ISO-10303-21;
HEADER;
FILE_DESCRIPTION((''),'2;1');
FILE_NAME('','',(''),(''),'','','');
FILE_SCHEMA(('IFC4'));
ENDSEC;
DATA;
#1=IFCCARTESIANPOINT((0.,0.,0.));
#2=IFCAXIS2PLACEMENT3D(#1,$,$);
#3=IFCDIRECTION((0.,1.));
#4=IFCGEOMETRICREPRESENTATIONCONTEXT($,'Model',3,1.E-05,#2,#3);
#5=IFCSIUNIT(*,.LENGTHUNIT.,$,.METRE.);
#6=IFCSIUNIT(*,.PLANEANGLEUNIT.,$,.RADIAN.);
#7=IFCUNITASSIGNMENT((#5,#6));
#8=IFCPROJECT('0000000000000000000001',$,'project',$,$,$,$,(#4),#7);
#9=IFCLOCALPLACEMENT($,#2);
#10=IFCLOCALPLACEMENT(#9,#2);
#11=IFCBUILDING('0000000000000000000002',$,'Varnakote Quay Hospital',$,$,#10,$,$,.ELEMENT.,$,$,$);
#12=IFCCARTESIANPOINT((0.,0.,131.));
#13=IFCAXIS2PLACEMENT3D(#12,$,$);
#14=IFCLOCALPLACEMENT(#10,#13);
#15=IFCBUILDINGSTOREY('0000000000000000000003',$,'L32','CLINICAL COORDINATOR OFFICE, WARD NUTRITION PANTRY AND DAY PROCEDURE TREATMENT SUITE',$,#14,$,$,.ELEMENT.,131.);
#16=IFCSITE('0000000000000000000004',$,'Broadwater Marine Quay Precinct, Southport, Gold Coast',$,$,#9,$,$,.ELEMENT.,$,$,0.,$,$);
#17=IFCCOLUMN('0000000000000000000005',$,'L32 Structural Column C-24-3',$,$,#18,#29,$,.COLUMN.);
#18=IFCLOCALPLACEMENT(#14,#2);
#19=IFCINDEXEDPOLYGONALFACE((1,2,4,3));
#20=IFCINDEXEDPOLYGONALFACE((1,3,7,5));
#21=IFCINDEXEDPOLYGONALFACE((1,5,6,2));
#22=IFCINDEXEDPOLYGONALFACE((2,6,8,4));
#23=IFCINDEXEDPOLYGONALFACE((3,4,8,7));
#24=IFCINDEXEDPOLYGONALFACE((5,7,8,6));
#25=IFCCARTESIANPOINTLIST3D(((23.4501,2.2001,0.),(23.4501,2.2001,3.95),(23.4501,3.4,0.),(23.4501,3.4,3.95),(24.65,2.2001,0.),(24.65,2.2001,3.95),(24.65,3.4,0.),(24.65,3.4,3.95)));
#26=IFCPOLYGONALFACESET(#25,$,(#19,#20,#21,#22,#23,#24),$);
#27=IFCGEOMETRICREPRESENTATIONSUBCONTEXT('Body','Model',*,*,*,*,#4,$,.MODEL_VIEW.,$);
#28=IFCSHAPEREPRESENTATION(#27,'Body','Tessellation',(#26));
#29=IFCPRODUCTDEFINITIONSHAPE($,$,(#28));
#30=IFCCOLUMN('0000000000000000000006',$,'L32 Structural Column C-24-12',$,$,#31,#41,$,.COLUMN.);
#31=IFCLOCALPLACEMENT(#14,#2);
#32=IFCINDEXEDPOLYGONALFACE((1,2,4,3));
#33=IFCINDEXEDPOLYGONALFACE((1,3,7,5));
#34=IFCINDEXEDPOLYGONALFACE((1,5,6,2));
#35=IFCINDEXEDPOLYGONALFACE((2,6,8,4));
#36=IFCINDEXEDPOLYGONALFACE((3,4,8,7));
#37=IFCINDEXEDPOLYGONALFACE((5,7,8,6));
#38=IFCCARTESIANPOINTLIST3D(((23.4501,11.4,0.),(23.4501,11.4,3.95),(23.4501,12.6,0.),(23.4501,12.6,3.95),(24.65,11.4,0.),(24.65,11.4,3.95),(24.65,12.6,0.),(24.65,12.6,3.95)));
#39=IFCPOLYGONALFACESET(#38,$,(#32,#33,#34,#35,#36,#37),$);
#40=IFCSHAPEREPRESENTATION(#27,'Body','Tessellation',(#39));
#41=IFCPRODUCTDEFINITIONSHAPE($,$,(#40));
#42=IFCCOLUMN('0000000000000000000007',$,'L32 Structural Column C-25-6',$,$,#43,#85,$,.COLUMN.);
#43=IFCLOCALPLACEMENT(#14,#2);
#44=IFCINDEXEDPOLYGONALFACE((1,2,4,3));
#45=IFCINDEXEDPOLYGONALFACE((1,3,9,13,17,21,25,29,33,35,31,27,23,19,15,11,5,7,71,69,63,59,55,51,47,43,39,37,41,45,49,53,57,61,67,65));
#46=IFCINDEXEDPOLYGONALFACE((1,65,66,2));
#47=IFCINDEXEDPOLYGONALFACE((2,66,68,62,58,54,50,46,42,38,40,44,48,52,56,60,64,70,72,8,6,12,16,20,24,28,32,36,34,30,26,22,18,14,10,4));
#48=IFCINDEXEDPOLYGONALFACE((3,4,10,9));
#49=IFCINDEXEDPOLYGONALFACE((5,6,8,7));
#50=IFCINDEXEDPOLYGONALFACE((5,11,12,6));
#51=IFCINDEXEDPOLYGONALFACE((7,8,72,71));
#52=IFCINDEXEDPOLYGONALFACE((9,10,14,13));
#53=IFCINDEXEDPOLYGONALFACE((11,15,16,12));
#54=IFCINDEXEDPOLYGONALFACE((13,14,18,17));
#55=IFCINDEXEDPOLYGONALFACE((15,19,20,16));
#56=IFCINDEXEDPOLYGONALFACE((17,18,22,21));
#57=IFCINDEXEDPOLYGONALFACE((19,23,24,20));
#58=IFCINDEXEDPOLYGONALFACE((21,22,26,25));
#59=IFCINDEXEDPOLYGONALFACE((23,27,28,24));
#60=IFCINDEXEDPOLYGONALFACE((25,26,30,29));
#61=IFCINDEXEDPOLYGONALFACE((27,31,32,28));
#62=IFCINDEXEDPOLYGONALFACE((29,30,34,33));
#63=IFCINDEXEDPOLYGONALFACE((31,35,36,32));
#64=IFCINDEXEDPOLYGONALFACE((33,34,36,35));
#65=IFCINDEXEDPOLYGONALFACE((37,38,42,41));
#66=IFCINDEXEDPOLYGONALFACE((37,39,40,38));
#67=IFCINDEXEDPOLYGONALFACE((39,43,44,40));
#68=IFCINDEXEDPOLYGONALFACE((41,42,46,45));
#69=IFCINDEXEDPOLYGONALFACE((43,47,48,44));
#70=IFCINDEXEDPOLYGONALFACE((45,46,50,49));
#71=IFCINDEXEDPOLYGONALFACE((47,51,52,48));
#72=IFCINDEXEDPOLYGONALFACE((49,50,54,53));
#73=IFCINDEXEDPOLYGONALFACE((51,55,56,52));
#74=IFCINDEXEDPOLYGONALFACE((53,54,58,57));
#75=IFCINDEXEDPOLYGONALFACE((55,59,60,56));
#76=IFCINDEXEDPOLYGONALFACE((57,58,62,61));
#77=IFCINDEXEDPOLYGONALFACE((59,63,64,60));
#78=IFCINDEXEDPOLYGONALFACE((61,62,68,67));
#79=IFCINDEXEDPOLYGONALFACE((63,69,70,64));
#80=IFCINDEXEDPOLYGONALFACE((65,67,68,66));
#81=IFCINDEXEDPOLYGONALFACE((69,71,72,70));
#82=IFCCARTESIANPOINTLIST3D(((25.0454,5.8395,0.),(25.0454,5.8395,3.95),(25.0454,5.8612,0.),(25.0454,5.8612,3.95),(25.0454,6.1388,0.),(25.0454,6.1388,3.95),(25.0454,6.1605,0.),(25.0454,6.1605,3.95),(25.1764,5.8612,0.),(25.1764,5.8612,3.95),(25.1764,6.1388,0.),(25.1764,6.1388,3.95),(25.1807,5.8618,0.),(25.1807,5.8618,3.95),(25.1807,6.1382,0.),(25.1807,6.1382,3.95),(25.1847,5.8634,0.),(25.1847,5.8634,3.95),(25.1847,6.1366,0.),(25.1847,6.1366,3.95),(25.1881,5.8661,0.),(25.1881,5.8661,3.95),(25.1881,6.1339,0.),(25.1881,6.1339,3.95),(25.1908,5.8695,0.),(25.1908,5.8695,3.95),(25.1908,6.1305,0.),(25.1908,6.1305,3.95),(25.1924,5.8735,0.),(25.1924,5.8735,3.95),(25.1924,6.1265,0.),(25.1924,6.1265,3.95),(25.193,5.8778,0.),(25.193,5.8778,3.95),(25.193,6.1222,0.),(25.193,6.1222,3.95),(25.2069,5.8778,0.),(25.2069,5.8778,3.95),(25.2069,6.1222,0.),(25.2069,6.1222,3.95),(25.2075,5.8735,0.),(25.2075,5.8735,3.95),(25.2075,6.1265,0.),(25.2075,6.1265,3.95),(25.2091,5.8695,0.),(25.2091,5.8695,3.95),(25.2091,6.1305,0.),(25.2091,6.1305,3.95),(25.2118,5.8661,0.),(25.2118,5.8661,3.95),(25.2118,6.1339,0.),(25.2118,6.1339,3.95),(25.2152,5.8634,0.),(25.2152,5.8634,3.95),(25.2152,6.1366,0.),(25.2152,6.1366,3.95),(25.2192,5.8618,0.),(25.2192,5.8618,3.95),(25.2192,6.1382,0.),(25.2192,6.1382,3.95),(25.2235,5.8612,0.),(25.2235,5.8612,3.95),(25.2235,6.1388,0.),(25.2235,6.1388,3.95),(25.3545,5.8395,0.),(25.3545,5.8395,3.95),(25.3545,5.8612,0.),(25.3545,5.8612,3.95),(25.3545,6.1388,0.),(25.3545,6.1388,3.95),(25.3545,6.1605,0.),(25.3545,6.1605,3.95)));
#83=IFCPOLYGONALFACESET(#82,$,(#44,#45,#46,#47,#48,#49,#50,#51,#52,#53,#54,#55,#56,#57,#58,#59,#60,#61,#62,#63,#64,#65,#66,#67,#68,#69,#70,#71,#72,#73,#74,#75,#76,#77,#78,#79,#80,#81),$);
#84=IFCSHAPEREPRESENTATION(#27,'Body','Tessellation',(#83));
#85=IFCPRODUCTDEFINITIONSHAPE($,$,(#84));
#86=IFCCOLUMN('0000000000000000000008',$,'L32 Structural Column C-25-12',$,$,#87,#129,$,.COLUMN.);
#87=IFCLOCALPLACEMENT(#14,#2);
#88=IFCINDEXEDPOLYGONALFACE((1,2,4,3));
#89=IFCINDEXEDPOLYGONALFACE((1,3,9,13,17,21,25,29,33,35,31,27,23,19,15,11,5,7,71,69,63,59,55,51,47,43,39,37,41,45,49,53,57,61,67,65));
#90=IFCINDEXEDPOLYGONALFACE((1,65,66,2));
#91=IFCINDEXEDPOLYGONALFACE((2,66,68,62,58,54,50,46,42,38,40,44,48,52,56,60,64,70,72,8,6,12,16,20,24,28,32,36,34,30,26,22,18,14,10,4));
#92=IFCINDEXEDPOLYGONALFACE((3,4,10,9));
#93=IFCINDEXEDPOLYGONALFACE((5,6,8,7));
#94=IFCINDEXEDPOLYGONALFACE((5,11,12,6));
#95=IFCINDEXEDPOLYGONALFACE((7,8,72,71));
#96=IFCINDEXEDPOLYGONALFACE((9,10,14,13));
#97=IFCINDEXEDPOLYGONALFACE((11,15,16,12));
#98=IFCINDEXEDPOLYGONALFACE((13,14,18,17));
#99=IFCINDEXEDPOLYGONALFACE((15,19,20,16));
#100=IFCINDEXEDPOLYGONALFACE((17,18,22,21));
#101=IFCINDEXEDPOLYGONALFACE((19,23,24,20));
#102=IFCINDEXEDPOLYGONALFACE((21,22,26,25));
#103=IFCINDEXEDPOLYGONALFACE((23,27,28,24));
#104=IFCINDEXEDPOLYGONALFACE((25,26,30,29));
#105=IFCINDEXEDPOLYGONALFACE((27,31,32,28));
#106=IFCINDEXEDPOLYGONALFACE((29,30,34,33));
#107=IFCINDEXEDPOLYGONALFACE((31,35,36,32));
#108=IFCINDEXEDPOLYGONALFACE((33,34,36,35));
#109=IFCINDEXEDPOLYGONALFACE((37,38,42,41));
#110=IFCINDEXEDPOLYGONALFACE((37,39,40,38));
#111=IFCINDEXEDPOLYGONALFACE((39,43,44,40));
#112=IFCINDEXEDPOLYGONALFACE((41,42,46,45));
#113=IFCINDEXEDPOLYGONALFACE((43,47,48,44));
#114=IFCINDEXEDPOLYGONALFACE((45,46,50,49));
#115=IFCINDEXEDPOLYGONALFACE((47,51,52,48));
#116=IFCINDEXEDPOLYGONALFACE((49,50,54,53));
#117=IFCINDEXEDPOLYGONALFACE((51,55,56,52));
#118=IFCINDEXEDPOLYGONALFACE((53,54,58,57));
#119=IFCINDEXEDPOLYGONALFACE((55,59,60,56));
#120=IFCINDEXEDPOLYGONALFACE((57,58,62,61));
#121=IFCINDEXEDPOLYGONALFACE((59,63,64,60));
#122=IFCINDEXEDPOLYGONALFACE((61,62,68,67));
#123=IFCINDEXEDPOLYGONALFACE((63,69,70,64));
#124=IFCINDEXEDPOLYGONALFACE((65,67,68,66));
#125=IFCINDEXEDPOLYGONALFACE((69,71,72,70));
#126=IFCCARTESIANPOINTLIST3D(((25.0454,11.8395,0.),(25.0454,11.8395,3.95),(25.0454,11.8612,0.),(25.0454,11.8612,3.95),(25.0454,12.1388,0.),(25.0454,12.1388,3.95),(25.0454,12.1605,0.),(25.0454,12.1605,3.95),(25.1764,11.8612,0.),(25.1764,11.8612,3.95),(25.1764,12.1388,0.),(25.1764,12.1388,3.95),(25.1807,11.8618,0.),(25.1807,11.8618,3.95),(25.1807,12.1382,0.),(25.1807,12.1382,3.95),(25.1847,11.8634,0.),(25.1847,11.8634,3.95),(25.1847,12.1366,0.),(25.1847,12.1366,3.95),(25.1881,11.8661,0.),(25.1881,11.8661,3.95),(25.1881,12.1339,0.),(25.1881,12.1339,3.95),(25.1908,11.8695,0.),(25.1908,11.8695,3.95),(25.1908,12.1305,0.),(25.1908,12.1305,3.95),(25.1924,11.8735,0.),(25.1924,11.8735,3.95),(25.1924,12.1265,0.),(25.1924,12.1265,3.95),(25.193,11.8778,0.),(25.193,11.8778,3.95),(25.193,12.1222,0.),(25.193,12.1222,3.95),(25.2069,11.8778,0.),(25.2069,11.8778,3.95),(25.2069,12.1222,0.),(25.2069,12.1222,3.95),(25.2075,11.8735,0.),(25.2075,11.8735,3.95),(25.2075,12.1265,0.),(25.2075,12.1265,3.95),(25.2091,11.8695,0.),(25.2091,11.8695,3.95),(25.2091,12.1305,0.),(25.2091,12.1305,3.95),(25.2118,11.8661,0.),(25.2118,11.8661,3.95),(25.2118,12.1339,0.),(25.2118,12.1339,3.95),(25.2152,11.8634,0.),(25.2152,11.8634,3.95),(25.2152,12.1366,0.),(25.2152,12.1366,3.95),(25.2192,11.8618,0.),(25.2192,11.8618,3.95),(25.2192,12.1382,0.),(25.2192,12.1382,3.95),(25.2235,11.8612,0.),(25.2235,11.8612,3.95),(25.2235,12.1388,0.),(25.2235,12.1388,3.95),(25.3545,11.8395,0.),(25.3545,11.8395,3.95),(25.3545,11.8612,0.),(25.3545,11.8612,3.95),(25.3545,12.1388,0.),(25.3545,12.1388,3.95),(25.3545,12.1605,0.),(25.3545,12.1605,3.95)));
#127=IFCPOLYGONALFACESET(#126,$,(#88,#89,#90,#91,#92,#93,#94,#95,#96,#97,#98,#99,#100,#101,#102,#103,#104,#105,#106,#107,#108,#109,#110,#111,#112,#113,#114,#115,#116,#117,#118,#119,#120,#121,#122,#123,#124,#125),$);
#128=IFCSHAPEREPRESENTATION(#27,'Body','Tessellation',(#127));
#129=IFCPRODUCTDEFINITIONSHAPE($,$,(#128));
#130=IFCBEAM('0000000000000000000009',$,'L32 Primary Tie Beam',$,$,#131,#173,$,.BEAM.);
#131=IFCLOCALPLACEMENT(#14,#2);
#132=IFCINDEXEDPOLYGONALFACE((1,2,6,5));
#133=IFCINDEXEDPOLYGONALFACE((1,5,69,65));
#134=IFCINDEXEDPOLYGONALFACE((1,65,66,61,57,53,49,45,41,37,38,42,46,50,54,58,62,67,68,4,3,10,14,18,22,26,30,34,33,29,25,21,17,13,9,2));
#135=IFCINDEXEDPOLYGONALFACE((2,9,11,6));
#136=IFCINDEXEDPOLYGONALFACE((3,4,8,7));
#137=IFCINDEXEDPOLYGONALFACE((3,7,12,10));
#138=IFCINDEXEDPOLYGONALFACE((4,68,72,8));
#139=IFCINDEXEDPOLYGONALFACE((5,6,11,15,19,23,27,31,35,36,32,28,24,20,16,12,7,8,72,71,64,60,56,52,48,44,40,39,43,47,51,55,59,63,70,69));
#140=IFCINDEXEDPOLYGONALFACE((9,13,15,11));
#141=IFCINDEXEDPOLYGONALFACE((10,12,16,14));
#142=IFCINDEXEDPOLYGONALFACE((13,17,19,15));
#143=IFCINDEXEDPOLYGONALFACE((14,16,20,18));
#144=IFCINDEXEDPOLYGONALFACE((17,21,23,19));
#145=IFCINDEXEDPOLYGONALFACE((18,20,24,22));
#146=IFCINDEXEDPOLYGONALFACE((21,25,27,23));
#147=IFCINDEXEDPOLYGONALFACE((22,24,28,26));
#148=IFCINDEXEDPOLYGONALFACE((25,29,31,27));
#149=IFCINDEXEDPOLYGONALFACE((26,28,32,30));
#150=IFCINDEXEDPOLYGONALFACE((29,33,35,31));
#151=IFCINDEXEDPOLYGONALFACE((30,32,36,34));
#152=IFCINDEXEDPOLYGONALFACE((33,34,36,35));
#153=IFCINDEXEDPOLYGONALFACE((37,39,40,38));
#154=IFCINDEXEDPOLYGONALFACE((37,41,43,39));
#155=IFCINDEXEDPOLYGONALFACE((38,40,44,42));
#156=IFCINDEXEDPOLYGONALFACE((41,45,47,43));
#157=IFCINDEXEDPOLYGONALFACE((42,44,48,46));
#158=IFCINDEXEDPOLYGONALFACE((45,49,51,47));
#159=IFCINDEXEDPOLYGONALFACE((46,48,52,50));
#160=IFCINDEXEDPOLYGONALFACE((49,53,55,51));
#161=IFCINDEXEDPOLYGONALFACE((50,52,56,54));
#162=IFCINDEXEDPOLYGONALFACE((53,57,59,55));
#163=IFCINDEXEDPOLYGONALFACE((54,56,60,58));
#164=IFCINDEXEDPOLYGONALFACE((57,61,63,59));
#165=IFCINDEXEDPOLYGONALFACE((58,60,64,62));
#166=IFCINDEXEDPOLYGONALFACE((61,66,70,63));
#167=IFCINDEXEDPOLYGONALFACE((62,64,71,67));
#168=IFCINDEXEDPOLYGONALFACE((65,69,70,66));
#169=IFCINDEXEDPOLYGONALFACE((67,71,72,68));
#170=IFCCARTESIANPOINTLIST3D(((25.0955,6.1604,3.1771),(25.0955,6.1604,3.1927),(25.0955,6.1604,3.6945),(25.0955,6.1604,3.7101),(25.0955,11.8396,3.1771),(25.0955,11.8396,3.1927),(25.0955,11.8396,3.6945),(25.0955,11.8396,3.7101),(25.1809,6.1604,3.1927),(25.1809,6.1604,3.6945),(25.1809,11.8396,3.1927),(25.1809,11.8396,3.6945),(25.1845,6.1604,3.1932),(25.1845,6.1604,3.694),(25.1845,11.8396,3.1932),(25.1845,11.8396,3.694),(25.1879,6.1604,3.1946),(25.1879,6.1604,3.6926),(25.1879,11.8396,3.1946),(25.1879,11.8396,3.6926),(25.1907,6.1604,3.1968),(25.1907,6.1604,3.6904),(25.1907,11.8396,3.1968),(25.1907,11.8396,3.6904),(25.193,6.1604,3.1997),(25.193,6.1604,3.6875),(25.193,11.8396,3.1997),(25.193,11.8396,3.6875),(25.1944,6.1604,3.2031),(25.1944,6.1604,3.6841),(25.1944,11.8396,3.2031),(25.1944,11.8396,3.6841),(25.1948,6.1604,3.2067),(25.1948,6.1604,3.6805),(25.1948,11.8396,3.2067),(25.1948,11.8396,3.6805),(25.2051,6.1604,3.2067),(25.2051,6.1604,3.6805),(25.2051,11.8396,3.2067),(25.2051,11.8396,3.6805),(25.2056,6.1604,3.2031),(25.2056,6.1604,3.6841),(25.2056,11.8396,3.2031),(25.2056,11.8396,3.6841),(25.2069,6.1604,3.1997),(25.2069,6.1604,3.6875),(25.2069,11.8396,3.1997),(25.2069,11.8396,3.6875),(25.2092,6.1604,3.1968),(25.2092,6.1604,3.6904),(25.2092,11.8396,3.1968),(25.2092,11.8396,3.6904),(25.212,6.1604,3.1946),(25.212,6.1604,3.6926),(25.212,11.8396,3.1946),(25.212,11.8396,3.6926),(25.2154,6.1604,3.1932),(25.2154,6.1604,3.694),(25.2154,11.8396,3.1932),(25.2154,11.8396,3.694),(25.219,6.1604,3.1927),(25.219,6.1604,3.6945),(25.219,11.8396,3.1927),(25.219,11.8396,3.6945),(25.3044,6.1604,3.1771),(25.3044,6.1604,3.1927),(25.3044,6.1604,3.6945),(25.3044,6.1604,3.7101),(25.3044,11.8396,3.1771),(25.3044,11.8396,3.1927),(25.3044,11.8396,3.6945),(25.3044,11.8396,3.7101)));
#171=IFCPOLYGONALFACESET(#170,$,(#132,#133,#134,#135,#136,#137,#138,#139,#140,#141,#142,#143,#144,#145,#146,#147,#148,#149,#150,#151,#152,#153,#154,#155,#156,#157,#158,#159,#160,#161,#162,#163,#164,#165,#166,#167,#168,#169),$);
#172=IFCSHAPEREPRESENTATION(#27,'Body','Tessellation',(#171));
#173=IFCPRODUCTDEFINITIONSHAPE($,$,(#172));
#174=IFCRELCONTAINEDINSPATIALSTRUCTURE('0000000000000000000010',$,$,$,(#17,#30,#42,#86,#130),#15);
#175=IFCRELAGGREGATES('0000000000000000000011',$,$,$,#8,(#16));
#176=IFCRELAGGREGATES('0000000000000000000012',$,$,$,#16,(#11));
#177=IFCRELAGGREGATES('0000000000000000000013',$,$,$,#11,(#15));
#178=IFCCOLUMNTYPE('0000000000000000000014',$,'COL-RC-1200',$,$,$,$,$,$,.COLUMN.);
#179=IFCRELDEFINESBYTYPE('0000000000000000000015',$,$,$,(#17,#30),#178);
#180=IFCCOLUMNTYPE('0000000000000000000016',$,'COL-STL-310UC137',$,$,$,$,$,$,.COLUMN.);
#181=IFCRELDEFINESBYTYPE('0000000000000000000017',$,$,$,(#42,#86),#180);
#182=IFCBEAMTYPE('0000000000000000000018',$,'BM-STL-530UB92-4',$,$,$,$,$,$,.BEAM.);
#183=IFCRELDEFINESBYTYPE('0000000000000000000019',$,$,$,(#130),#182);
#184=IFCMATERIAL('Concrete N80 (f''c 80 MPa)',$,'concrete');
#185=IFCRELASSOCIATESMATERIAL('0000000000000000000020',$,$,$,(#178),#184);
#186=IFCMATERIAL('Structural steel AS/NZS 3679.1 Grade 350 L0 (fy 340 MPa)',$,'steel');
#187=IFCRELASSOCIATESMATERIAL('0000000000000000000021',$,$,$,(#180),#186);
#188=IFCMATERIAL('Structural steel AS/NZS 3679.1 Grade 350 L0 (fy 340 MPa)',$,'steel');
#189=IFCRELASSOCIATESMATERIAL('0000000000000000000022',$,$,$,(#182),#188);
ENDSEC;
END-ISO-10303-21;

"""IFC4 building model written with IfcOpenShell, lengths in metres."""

from ifc_helpers import new_model, si_unit, direction, frame, origin, origin_2d, place, context, subcontext, project, spatial, rectangle, i_section, extrude, material, material_profile, profile_set, type_object, element, save


model = new_model("IFC4")

# Units and contexts
model_context = context("Model", 3, precision=1e-05, world=origin(), true_north=direction((0.0, 1.0)))
body_context = subcontext(model_context, "Body", "Model", "MODEL_VIEW")
ifc_project = project(units=[si_unit("LENGTHUNIT", "METRE"), si_unit("PLANEANGLEUNIT", "RADIAN")], contexts=[model_context])

# Site, building, storey
site_placement = place(None, origin())
site = spatial("IfcSite", under=ifc_project, at=site_placement, Name="Broadwater Marine Quay Precinct, Southport, Gold Coast", CompositionType="ELEMENT", RefElevation=0.0)
building_placement = place(site_placement, origin())
building = spatial("IfcBuilding", under=site, at=building_placement, Name="Varnakote Quay Hospital", CompositionType="ELEMENT")
storey_placement = place(building_placement, frame((0.0, 0.0, 131.0)))
storey = spatial("IfcBuildingStorey", under=building, at=storey_placement, Name="L32", Description="CLINICAL COORDINATOR OFFICE, WARD NUTRITION PANTRY AND DAY PROCEDURE TREATMENT SUITE", CompositionType="ELEMENT", Elevation=131.0)

# Columns
ifc_material_1 = material(Name="Concrete N80 (f'c 80 MPa)", Category="concrete")
ifc_material_profile_1 = material_profile(ifc_material_1, rectangle(XDim=1.2, YDim=1.2, at=origin_2d()), Name="RC-COL-1200x1200")
ifc_profile_set_1 = profile_set([ifc_material_profile_1], Name="Concrete N80 (f'c 80 MPa)")
column_type_1 = type_object("IfcColumnType", Name="COL-RC-1200", PredefinedType="COLUMN", material=ifc_profile_set_1)
for number, where, z_axis, x_axis, name in (
    (1, (24.05, 2.8, 0.0), (0.0, 0.0, 1.0), (1.0, 0.0, 0.0), "L32 Structural Column C-24-3"),
    (2, (24.05, 12.0, 0.0), (0.0, 0.0, 1.0), (1.0, 0.0, 0.0), "L32 Structural Column C-24-12"),
):
    element("IfcColumn", number, at=place(storey_placement, frame(where, z_axis=z_axis, x_axis=x_axis)), inside=storey, type_object=column_type_1, Name=name, PredefinedType="COLUMN", context=body_context, shape_type="SweptSolid", body=[
        extrude(rectangle(XDim=1.2, YDim=1.2, at=origin_2d()), origin(), (0.0, 0.0, 1.0), 3.95),
    ])
ifc_material_2 = material(Name="Structural steel AS/NZS 3679.1 Grade 350 L0 (fy 340 MPa)", Category="steel")
ifc_material_profile_2 = material_profile(ifc_material_2, i_section(OverallWidth=0.3091, OverallDepth=0.321, WebThickness=0.0139, FlangeThickness=0.0217, FilletRadius=0.0166, at=origin_2d()), Name="310UC137")
ifc_profile_set_2 = profile_set([ifc_material_profile_2], Name="Structural steel AS/NZS 3679.1 Grade 350 L0 (fy 340 MPa)")
column_type_2 = type_object("IfcColumnType", Name="COL-STL-310UC137", PredefinedType="COLUMN", material=ifc_profile_set_2)
for number, where, z_axis, x_axis, name in (
    (3, (25.2, 6.0, 0.0), (0.0, 0.0, 1.0), (1.0, 0.0, 0.0), "L32 Structural Column C-25-6"),
    (4, (25.2, 12.0, 0.0), (0.0, 0.0, 1.0), (1.0, 0.0, 0.0), "L32 Structural Column C-25-12"),
):
    element("IfcColumn", number, at=place(storey_placement, frame(where, z_axis=z_axis, x_axis=x_axis)), inside=storey, type_object=column_type_2, Name=name, PredefinedType="COLUMN", context=body_context, shape_type="SweptSolid", body=[
        extrude(i_section(OverallWidth=0.3091, OverallDepth=0.321, WebThickness=0.0139, FlangeThickness=0.0217, FilletRadius=0.0166, at=origin_2d()), origin(), (0.0, 0.0, 1.0), 3.95),
    ])

# Beam
ifc_material_3 = material(Name="Structural steel AS/NZS 3679.1 Grade 350 L0 (fy 340 MPa)", Category="steel")
ifc_material_profile_3 = material_profile(ifc_material_3, i_section(OverallWidth=0.209, OverallDepth=0.533, WebThickness=0.0103, FlangeThickness=0.0156, FilletRadius=0.0139, at=origin_2d()), Name="530UB92.4")
ifc_profile_set_3 = profile_set([ifc_material_profile_3], Name="Structural steel AS/NZS 3679.1 Grade 350 L0 (fy 340 MPa)")
beam_type_1 = type_object("IfcBeamType", Name="BM-STL-530UB92-4", PredefinedType="BEAM", material=ifc_profile_set_3)
beam_1_placement = place(storey_placement, frame((25.2, 6.1604, 3.4436), z_axis=(0.0, 1.0, 0.0), x_axis=(-1.0, 0.0, 0.0)))
element("IfcBeam", 5, at=beam_1_placement, inside=storey, type_object=beam_type_1, Name="L32 Primary Tie Beam", PredefinedType="BEAM", context=body_context, shape_type="SweptSolid", body=[
    extrude(i_section(OverallWidth=0.209, OverallDepth=0.533, WebThickness=0.0103, FlangeThickness=0.0156, FilletRadius=0.0139, at=origin_2d()), origin(), (0.0, 0.0, 1.0), 5.6792),
])

save(model, "model.ifc")
